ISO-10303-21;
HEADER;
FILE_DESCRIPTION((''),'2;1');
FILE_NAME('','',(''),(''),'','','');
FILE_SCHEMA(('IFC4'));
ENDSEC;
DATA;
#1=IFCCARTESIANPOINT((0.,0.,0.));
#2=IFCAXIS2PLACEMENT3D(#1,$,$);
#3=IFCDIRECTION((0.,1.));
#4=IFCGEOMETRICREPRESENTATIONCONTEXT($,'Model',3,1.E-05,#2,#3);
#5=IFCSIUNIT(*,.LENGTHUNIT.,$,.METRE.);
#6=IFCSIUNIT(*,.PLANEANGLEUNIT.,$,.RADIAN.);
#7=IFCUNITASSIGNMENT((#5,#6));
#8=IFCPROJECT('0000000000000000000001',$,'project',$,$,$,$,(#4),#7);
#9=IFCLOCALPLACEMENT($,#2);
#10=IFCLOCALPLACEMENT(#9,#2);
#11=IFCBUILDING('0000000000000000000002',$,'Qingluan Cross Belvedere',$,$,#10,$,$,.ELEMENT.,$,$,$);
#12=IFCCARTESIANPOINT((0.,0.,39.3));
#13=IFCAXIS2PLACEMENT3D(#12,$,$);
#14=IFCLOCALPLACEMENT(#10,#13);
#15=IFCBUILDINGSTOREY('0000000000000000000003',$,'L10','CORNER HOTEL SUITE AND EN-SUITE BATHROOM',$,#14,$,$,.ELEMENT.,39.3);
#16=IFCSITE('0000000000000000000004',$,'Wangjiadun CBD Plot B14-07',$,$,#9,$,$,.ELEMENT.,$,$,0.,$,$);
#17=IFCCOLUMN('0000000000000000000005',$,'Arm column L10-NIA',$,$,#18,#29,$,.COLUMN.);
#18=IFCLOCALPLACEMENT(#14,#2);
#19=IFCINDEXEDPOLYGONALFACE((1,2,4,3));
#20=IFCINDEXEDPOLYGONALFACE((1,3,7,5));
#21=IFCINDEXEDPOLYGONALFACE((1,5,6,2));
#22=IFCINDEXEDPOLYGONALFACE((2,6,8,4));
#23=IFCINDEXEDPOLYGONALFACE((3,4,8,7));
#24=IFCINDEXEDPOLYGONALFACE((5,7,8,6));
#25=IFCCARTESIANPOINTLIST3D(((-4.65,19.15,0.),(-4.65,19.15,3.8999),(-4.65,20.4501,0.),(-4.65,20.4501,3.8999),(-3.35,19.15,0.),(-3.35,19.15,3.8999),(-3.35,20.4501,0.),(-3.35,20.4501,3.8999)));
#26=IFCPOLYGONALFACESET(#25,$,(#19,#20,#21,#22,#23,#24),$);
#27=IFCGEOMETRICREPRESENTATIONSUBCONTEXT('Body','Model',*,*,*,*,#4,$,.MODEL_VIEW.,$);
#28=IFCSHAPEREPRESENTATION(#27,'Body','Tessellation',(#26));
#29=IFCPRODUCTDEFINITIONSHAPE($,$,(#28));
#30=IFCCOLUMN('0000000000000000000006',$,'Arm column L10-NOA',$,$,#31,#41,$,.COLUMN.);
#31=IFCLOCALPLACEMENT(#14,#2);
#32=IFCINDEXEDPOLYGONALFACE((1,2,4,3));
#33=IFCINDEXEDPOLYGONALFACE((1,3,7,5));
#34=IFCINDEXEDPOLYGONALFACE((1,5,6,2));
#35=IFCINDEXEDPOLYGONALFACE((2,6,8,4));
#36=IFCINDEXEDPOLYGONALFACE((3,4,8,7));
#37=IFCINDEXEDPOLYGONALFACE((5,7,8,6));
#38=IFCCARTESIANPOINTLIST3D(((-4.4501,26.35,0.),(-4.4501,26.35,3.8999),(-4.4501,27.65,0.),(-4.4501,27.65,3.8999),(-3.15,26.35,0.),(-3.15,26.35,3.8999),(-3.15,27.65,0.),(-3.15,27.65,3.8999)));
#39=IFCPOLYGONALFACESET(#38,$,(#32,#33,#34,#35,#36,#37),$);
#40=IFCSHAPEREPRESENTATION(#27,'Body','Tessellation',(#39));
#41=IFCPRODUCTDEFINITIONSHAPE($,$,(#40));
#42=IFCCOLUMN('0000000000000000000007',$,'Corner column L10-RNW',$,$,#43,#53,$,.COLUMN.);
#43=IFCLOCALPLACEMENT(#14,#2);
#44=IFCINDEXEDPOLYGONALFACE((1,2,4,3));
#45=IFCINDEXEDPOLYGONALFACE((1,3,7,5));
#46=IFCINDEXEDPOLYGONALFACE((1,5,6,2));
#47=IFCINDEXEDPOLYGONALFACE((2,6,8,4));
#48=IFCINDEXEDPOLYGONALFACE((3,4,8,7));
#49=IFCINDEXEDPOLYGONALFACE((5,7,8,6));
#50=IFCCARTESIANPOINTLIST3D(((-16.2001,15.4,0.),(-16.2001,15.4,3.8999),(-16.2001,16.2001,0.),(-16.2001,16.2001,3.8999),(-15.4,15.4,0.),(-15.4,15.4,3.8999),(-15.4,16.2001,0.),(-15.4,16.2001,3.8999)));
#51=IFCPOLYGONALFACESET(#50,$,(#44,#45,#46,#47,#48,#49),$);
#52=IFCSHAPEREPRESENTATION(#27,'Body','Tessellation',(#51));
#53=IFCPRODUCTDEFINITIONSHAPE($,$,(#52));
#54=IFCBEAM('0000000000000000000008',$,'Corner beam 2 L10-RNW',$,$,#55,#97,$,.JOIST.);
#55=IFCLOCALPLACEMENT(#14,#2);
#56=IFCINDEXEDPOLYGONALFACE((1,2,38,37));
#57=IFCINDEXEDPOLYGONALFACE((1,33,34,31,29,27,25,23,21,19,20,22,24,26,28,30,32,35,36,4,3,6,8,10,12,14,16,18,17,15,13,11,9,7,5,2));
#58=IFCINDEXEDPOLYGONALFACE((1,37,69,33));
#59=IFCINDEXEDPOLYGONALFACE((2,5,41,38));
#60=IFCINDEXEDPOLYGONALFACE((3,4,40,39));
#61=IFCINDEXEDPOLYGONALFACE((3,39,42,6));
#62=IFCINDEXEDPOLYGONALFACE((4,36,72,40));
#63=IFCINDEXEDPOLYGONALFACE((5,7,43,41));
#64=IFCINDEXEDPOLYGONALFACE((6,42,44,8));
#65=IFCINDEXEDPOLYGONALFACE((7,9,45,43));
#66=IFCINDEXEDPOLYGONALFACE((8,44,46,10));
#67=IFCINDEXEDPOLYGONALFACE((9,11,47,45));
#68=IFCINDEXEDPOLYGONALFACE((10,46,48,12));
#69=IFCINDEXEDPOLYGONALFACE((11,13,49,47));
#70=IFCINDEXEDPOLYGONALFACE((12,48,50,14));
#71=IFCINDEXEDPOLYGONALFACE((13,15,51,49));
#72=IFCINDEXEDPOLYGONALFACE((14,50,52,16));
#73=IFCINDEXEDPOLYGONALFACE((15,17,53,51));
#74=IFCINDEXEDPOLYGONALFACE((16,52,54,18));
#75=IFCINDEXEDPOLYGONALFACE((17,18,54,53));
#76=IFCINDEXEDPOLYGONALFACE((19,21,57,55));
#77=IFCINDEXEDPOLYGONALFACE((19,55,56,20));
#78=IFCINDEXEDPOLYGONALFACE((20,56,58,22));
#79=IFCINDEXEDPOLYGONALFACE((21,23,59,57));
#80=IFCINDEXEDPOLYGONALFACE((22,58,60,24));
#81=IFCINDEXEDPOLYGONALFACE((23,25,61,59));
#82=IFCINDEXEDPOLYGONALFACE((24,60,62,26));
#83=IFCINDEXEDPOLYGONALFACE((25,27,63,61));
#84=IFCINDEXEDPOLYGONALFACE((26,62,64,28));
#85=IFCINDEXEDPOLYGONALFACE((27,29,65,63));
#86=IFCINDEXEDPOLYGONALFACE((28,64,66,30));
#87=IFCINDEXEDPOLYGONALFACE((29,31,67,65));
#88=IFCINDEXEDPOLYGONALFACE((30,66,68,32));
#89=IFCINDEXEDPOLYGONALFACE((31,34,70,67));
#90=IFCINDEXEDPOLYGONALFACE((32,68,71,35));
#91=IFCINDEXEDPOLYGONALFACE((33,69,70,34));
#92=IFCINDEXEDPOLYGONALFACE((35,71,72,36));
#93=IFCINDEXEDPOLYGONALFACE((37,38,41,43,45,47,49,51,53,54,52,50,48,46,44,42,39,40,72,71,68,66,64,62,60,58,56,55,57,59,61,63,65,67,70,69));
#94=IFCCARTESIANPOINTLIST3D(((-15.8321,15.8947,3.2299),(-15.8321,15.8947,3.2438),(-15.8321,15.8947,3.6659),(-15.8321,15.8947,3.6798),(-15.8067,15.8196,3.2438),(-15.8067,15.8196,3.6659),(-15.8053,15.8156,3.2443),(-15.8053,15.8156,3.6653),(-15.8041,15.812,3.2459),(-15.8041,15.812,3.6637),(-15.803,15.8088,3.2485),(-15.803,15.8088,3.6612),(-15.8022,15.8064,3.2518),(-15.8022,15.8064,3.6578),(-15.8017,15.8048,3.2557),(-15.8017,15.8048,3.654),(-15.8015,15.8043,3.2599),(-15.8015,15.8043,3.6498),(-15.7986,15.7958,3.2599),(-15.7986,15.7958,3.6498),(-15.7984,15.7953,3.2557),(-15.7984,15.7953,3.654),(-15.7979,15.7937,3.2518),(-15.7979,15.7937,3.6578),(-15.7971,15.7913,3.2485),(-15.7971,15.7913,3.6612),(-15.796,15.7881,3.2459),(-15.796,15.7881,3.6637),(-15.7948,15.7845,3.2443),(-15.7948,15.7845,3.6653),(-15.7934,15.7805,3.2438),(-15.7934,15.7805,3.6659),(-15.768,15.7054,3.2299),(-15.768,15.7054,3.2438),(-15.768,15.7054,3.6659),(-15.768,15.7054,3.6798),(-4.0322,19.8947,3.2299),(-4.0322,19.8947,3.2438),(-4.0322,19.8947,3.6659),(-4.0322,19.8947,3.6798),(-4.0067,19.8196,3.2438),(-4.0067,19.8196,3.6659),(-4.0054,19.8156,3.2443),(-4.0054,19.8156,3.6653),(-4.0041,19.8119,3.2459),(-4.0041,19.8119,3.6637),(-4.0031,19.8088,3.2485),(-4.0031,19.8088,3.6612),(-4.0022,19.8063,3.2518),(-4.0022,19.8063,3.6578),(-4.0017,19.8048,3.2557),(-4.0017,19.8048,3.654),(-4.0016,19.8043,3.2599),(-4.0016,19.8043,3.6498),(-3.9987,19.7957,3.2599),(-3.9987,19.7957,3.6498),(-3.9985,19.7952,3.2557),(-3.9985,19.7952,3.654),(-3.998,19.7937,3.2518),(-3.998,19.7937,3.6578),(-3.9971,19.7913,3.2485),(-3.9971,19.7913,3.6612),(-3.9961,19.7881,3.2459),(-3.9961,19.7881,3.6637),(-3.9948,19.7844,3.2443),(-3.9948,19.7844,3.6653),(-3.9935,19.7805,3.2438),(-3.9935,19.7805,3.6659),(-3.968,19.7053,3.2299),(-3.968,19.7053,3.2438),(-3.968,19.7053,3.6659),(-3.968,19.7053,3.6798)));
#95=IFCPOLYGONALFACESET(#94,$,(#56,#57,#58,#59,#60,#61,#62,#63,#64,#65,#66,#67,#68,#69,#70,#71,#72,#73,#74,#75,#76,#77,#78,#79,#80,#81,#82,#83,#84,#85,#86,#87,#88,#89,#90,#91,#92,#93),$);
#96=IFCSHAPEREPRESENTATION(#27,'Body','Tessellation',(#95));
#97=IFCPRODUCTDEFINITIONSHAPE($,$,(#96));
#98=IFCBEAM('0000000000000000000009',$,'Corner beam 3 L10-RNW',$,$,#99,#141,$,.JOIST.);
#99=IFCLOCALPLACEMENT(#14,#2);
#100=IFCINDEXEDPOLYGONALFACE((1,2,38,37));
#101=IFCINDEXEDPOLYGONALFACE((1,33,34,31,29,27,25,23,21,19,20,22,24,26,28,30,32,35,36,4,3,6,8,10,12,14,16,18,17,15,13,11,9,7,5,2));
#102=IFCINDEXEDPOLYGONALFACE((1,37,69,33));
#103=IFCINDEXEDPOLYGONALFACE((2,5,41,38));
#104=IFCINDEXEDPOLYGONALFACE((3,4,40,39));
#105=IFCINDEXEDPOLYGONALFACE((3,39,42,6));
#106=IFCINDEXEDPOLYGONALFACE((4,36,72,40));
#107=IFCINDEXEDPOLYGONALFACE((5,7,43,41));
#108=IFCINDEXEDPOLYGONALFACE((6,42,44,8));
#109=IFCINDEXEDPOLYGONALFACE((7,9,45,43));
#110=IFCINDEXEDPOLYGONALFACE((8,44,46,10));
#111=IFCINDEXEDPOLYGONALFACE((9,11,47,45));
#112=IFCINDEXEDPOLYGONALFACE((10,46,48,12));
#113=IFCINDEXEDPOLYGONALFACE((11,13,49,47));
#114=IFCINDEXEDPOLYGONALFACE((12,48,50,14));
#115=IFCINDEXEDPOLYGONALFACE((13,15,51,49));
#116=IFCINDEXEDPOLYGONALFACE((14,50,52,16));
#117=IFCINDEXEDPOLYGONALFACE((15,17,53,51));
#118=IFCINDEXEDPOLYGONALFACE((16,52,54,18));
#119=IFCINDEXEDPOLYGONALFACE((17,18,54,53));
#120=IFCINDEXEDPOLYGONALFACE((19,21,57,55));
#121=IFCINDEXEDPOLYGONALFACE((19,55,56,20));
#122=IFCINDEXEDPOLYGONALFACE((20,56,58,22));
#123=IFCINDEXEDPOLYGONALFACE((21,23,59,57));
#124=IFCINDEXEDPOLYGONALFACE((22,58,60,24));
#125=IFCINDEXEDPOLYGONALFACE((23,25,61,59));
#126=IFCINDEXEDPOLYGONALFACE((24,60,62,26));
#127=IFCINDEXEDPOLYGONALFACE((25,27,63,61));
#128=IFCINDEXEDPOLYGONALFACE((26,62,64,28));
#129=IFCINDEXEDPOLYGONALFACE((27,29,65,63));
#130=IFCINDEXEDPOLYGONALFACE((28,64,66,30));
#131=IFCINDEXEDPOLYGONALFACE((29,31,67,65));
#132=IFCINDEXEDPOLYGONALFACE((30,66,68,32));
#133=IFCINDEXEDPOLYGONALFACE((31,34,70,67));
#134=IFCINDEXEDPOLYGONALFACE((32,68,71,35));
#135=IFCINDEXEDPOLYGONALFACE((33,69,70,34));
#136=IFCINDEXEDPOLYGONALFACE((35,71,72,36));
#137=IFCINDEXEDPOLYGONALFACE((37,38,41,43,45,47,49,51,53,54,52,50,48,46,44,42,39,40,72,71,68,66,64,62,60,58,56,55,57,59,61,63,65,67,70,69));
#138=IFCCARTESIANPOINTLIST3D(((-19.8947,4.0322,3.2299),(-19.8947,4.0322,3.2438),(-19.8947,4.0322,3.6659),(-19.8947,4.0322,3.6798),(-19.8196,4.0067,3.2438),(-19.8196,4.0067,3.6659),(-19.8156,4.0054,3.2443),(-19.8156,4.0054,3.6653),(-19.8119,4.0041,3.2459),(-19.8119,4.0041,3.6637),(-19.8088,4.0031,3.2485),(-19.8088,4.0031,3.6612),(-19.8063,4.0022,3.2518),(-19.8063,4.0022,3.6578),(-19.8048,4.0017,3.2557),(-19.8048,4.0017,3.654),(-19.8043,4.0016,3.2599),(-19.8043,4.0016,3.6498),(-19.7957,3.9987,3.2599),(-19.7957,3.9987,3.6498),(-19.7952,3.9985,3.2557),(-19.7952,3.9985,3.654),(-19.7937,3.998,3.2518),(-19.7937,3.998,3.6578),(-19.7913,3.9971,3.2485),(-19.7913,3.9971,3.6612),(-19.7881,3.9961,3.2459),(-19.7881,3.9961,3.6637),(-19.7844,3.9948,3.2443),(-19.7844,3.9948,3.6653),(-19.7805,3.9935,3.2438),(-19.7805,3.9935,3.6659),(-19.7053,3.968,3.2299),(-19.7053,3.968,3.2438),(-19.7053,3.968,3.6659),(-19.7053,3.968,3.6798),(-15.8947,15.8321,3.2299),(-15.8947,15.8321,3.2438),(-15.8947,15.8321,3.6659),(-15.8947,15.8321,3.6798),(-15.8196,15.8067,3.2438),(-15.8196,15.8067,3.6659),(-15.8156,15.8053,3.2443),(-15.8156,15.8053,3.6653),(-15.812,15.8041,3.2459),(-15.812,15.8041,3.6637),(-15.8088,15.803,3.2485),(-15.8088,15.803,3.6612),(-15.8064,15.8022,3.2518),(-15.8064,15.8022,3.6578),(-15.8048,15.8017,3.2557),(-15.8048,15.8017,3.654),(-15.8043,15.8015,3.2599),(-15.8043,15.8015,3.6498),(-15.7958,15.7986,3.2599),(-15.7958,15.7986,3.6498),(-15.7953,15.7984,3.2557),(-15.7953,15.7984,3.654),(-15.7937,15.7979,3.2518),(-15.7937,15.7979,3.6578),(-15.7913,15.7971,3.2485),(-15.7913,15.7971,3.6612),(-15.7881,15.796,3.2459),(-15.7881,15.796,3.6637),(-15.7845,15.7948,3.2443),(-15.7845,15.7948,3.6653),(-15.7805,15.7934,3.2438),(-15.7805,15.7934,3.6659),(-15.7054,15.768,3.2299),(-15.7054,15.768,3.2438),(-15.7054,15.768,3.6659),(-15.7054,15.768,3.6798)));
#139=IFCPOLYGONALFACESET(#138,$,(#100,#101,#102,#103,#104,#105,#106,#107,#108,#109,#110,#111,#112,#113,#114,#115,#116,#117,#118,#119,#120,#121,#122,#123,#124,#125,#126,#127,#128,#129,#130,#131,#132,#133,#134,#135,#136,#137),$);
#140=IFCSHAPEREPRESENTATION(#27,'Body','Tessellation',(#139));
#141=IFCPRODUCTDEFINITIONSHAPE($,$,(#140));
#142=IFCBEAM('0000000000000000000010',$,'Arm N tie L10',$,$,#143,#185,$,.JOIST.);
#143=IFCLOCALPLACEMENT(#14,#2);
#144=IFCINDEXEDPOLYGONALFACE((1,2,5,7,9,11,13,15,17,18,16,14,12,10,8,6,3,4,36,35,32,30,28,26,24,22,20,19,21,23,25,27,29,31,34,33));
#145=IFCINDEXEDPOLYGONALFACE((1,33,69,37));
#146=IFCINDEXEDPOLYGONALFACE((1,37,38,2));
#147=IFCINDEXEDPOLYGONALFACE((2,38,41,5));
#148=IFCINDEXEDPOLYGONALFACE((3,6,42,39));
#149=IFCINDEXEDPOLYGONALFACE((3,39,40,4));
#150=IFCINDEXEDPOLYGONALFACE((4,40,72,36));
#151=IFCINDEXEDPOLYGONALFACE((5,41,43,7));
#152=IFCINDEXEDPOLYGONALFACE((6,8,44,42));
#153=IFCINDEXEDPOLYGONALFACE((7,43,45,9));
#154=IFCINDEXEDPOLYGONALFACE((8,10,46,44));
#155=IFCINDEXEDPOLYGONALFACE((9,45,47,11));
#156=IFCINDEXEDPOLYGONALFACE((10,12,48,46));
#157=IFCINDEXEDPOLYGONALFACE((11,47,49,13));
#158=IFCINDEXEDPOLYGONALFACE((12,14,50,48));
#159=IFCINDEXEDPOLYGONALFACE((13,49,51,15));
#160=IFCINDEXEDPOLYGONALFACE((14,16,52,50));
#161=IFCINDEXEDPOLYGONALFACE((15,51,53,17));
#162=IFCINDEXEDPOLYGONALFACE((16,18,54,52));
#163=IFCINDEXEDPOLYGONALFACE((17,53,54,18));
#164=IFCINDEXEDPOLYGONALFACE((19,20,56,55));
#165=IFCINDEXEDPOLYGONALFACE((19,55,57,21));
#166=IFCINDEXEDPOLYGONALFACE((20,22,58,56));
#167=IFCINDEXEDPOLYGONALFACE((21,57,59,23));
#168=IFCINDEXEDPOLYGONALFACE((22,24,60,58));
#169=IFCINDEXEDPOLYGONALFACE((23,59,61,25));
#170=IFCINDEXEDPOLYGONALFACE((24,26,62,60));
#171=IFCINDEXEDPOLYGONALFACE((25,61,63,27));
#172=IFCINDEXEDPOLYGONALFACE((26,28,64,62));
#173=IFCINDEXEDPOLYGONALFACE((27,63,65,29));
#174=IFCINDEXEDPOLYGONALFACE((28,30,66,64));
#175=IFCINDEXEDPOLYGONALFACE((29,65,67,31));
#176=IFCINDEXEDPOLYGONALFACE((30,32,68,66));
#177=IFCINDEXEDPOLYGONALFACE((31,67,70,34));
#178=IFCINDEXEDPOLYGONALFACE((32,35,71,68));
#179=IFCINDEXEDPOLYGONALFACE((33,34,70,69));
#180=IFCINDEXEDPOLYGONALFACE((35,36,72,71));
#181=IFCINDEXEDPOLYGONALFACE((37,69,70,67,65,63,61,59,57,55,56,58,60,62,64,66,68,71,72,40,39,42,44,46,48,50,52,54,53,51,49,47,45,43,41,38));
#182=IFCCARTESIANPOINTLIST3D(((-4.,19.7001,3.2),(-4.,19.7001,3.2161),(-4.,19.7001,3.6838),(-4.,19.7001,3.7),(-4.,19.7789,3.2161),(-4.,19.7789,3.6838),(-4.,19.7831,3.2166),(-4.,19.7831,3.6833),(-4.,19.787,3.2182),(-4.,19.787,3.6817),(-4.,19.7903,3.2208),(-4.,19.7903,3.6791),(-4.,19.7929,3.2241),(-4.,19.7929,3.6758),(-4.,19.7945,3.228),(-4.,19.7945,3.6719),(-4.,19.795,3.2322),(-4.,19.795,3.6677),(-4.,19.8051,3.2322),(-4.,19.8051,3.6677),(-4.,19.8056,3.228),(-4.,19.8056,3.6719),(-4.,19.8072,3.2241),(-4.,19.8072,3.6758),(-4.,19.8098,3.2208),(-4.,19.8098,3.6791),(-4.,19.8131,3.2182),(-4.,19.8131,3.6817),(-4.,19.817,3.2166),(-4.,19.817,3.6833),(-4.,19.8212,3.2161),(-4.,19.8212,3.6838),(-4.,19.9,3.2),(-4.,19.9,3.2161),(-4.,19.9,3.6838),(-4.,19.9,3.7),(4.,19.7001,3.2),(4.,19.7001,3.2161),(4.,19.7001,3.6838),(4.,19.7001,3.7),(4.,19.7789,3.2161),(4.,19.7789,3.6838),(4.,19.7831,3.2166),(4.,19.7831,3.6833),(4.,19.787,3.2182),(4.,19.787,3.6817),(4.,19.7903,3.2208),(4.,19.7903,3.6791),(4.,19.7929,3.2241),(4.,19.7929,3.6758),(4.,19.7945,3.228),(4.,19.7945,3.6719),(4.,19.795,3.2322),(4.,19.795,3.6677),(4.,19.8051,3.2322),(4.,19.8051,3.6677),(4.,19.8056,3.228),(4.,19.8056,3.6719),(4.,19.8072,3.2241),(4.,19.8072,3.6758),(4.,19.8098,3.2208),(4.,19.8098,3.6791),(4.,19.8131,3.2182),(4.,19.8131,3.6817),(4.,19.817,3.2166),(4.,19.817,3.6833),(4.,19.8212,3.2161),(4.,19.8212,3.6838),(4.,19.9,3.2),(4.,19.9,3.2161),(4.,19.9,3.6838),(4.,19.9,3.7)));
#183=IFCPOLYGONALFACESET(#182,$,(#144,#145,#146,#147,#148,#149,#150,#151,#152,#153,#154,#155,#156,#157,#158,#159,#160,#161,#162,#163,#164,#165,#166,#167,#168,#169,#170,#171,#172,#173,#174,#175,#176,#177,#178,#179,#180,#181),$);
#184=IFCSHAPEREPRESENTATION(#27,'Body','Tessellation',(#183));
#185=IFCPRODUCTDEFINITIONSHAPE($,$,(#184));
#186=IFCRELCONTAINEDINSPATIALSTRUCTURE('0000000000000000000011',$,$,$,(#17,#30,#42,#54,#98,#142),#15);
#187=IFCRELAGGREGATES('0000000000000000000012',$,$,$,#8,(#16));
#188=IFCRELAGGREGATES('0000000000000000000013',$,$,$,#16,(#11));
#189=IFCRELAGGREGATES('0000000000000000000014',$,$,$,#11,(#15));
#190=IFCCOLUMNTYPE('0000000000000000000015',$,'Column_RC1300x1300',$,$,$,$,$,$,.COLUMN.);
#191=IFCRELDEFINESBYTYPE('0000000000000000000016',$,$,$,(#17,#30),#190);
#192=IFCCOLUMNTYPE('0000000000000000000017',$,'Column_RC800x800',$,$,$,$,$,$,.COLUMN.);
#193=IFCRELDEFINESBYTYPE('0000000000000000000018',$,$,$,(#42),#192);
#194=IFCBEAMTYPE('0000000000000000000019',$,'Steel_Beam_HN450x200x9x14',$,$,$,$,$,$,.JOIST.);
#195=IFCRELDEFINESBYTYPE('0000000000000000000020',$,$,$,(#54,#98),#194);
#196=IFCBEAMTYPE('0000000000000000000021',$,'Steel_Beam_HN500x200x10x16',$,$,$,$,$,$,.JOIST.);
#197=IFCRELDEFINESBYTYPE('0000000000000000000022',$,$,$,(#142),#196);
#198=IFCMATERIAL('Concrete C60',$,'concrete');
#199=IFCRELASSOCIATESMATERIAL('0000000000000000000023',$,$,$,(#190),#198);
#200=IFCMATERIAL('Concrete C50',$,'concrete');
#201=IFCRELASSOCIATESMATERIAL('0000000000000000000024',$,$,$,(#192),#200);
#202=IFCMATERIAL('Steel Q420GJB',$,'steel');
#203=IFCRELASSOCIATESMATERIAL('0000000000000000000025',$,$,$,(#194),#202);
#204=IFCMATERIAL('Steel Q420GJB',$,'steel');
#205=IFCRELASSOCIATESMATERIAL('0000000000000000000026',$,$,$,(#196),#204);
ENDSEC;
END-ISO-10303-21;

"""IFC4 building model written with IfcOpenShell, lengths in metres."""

from ifc_helpers import new_model, si_unit, direction, frame, origin, origin_2d, place, context, subcontext, project, spatial, rectangle, i_section, extrude, material, material_profile, profile_set, type_object, element, save


model = new_model("IFC4")

# Units and contexts
model_context = context("Model", 3, precision=1e-05, world=origin(), true_north=direction((0.0, 1.0)))
body_context = subcontext(model_context, "Body", "Model", "MODEL_VIEW")
ifc_project = project(units=[si_unit("LENGTHUNIT", "METRE"), si_unit("PLANEANGLEUNIT", "RADIAN")], contexts=[model_context])

# Site, building, storey
site_placement = place(None, origin())
site = spatial("IfcSite", under=ifc_project, at=site_placement, Name="Wangjiadun CBD Plot B14-07", CompositionType="ELEMENT", RefElevation=0.0)
building_placement = place(site_placement, origin())
building = spatial("IfcBuilding", under=site, at=building_placement, Name="Qingluan Cross Belvedere", CompositionType="ELEMENT")
storey_placement = place(building_placement, frame((0.0, 0.0, 39.3)))
storey = spatial("IfcBuildingStorey", under=building, at=storey_placement, Name="L10", Description="CORNER HOTEL SUITE AND EN-SUITE BATHROOM", CompositionType="ELEMENT", Elevation=39.3)

# Columns
ifc_material_1 = material(Name="Concrete C60", Category="concrete")
ifc_material_profile_1 = material_profile(ifc_material_1, rectangle(XDim=1.3, YDim=1.3, at=origin_2d()), Name="RC1300x1300")
ifc_profile_set_1 = profile_set([ifc_material_profile_1], Name="Concrete C60")
column_type_1 = type_object("IfcColumnType", Name="Column_RC1300x1300", PredefinedType="COLUMN", material=ifc_profile_set_1)
for number, where, z_axis, x_axis, name in (
    (1, (-4.0, 19.8, 0.0), (0.0, 0.0, 1.0), (1.0, 0.0, 0.0), "Arm column L10-NIA"),
    (2, (-3.8, 27.0, 0.0), (0.0, 0.0, 1.0), (1.0, 0.0, 0.0), "Arm column L10-NOA"),
):
    element("IfcColumn", number, at=place(storey_placement, frame(where, z_axis=z_axis, x_axis=x_axis)), inside=storey, type_object=column_type_1, Name=name, PredefinedType="COLUMN", context=body_context, shape_type="SweptSolid", body=[
        extrude(rectangle(XDim=1.3, YDim=1.3, at=origin_2d()), origin(), (0.0, 0.0, 1.0), 3.8999),
    ])
ifc_material_2 = material(Name="Concrete C50", Category="concrete")
ifc_material_profile_2 = material_profile(ifc_material_2, rectangle(XDim=0.8, YDim=0.8, at=origin_2d()), Name="RC800x800")
ifc_profile_set_2 = profile_set([ifc_material_profile_2], Name="Concrete C50")
column_type_2 = type_object("IfcColumnType", Name="Column_RC800x800", PredefinedType="COLUMN", material=ifc_profile_set_2)
column_placement = place(storey_placement, frame((-15.8, 15.8, 0.0), z_axis=(0.0, 0.0, 1.0), x_axis=(1.0, 0.0, 0.0)))
element("IfcColumn", 3, at=column_placement, inside=storey, type_object=column_type_2, Name="Corner column L10-RNW", PredefinedType="COLUMN", context=body_context, shape_type="SweptSolid", body=[
    extrude(rectangle(XDim=0.8, YDim=0.8, at=origin_2d()), origin(), (0.0, 0.0, 1.0), 3.8999),
])

# Beams
ifc_material_3 = material(Name="Steel Q420GJB", Category="steel")
ifc_material_profile_3 = material_profile(ifc_material_3, i_section(OverallWidth=0.2, OverallDepth=0.45, WebThickness=0.009, FlangeThickness=0.0139, FilletRadius=0.0161, at=origin_2d()), Name="HN450x200x9x14")
ifc_profile_set_3 = profile_set([ifc_material_profile_3], Name="Steel Q420GJB")
beam_type_1 = type_object("IfcBeamType", Name="Steel_Beam_HN450x200x9x14", PredefinedType="JOIST", material=ifc_profile_set_3)
for number, where, z_axis, x_axis, name in (
    (4, (-15.8, 15.8, 3.4548), (0.947066, 0.321038, 0.0), (-0.321038, 0.947066, 0.0), "Corner beam 2 L10-RNW"),
    (5, (-15.8, 15.8, 3.4548), (-0.321038, -0.947066, 0.0), (0.947066, -0.321038, 0.0), "Corner beam 3 L10-RNW"),
):
    element("IfcBeam", number, at=place(storey_placement, frame(where, z_axis=z_axis, x_axis=x_axis)), inside=storey, type_object=beam_type_1, Name=name, PredefinedType="JOIST", context=body_context, shape_type="SweptSolid", body=[
        extrude(i_section(OverallWidth=0.2, OverallDepth=0.45, WebThickness=0.009, FlangeThickness=0.0139, FilletRadius=0.0161, at=origin_2d()), origin(), (0.0, 0.0, 1.0), 12.4595),
    ])
ifc_material_4 = material(Name="Steel Q420GJB", Category="steel")
ifc_material_profile_4 = material_profile(ifc_material_4, i_section(OverallWidth=0.2, OverallDepth=0.5, WebThickness=0.01, FlangeThickness=0.0161, FilletRadius=0.0161, at=origin_2d()), Name="HN500x200x10x16")
ifc_profile_set_4 = profile_set([ifc_material_profile_4], Name="Steel Q420GJB")
beam_type_2 = type_object("IfcBeamType", Name="Steel_Beam_HN500x200x10x16", PredefinedType="JOIST", material=ifc_profile_set_4)
for number, where, z_axis, x_axis, name in (
    (6, (-4.0, 19.8, 3.45), (1.0, 0.0, 0.0), (0.0, 1.0, 0.0), "Arm N tie L10"),
):
    element("IfcBeam", number, at=place(storey_placement, frame(where, z_axis=z_axis, x_axis=x_axis)), inside=storey, type_object=beam_type_2, Name=name, PredefinedType="JOIST", context=body_context, shape_type="SweptSolid", body=[
        extrude(i_section(OverallWidth=0.2, OverallDepth=0.5, WebThickness=0.01, FlangeThickness=0.0161, FilletRadius=0.0161, at=origin_2d()), origin(), (0.0, 0.0, 1.0), 8.0),
    ])

save(model, "model.ifc")
